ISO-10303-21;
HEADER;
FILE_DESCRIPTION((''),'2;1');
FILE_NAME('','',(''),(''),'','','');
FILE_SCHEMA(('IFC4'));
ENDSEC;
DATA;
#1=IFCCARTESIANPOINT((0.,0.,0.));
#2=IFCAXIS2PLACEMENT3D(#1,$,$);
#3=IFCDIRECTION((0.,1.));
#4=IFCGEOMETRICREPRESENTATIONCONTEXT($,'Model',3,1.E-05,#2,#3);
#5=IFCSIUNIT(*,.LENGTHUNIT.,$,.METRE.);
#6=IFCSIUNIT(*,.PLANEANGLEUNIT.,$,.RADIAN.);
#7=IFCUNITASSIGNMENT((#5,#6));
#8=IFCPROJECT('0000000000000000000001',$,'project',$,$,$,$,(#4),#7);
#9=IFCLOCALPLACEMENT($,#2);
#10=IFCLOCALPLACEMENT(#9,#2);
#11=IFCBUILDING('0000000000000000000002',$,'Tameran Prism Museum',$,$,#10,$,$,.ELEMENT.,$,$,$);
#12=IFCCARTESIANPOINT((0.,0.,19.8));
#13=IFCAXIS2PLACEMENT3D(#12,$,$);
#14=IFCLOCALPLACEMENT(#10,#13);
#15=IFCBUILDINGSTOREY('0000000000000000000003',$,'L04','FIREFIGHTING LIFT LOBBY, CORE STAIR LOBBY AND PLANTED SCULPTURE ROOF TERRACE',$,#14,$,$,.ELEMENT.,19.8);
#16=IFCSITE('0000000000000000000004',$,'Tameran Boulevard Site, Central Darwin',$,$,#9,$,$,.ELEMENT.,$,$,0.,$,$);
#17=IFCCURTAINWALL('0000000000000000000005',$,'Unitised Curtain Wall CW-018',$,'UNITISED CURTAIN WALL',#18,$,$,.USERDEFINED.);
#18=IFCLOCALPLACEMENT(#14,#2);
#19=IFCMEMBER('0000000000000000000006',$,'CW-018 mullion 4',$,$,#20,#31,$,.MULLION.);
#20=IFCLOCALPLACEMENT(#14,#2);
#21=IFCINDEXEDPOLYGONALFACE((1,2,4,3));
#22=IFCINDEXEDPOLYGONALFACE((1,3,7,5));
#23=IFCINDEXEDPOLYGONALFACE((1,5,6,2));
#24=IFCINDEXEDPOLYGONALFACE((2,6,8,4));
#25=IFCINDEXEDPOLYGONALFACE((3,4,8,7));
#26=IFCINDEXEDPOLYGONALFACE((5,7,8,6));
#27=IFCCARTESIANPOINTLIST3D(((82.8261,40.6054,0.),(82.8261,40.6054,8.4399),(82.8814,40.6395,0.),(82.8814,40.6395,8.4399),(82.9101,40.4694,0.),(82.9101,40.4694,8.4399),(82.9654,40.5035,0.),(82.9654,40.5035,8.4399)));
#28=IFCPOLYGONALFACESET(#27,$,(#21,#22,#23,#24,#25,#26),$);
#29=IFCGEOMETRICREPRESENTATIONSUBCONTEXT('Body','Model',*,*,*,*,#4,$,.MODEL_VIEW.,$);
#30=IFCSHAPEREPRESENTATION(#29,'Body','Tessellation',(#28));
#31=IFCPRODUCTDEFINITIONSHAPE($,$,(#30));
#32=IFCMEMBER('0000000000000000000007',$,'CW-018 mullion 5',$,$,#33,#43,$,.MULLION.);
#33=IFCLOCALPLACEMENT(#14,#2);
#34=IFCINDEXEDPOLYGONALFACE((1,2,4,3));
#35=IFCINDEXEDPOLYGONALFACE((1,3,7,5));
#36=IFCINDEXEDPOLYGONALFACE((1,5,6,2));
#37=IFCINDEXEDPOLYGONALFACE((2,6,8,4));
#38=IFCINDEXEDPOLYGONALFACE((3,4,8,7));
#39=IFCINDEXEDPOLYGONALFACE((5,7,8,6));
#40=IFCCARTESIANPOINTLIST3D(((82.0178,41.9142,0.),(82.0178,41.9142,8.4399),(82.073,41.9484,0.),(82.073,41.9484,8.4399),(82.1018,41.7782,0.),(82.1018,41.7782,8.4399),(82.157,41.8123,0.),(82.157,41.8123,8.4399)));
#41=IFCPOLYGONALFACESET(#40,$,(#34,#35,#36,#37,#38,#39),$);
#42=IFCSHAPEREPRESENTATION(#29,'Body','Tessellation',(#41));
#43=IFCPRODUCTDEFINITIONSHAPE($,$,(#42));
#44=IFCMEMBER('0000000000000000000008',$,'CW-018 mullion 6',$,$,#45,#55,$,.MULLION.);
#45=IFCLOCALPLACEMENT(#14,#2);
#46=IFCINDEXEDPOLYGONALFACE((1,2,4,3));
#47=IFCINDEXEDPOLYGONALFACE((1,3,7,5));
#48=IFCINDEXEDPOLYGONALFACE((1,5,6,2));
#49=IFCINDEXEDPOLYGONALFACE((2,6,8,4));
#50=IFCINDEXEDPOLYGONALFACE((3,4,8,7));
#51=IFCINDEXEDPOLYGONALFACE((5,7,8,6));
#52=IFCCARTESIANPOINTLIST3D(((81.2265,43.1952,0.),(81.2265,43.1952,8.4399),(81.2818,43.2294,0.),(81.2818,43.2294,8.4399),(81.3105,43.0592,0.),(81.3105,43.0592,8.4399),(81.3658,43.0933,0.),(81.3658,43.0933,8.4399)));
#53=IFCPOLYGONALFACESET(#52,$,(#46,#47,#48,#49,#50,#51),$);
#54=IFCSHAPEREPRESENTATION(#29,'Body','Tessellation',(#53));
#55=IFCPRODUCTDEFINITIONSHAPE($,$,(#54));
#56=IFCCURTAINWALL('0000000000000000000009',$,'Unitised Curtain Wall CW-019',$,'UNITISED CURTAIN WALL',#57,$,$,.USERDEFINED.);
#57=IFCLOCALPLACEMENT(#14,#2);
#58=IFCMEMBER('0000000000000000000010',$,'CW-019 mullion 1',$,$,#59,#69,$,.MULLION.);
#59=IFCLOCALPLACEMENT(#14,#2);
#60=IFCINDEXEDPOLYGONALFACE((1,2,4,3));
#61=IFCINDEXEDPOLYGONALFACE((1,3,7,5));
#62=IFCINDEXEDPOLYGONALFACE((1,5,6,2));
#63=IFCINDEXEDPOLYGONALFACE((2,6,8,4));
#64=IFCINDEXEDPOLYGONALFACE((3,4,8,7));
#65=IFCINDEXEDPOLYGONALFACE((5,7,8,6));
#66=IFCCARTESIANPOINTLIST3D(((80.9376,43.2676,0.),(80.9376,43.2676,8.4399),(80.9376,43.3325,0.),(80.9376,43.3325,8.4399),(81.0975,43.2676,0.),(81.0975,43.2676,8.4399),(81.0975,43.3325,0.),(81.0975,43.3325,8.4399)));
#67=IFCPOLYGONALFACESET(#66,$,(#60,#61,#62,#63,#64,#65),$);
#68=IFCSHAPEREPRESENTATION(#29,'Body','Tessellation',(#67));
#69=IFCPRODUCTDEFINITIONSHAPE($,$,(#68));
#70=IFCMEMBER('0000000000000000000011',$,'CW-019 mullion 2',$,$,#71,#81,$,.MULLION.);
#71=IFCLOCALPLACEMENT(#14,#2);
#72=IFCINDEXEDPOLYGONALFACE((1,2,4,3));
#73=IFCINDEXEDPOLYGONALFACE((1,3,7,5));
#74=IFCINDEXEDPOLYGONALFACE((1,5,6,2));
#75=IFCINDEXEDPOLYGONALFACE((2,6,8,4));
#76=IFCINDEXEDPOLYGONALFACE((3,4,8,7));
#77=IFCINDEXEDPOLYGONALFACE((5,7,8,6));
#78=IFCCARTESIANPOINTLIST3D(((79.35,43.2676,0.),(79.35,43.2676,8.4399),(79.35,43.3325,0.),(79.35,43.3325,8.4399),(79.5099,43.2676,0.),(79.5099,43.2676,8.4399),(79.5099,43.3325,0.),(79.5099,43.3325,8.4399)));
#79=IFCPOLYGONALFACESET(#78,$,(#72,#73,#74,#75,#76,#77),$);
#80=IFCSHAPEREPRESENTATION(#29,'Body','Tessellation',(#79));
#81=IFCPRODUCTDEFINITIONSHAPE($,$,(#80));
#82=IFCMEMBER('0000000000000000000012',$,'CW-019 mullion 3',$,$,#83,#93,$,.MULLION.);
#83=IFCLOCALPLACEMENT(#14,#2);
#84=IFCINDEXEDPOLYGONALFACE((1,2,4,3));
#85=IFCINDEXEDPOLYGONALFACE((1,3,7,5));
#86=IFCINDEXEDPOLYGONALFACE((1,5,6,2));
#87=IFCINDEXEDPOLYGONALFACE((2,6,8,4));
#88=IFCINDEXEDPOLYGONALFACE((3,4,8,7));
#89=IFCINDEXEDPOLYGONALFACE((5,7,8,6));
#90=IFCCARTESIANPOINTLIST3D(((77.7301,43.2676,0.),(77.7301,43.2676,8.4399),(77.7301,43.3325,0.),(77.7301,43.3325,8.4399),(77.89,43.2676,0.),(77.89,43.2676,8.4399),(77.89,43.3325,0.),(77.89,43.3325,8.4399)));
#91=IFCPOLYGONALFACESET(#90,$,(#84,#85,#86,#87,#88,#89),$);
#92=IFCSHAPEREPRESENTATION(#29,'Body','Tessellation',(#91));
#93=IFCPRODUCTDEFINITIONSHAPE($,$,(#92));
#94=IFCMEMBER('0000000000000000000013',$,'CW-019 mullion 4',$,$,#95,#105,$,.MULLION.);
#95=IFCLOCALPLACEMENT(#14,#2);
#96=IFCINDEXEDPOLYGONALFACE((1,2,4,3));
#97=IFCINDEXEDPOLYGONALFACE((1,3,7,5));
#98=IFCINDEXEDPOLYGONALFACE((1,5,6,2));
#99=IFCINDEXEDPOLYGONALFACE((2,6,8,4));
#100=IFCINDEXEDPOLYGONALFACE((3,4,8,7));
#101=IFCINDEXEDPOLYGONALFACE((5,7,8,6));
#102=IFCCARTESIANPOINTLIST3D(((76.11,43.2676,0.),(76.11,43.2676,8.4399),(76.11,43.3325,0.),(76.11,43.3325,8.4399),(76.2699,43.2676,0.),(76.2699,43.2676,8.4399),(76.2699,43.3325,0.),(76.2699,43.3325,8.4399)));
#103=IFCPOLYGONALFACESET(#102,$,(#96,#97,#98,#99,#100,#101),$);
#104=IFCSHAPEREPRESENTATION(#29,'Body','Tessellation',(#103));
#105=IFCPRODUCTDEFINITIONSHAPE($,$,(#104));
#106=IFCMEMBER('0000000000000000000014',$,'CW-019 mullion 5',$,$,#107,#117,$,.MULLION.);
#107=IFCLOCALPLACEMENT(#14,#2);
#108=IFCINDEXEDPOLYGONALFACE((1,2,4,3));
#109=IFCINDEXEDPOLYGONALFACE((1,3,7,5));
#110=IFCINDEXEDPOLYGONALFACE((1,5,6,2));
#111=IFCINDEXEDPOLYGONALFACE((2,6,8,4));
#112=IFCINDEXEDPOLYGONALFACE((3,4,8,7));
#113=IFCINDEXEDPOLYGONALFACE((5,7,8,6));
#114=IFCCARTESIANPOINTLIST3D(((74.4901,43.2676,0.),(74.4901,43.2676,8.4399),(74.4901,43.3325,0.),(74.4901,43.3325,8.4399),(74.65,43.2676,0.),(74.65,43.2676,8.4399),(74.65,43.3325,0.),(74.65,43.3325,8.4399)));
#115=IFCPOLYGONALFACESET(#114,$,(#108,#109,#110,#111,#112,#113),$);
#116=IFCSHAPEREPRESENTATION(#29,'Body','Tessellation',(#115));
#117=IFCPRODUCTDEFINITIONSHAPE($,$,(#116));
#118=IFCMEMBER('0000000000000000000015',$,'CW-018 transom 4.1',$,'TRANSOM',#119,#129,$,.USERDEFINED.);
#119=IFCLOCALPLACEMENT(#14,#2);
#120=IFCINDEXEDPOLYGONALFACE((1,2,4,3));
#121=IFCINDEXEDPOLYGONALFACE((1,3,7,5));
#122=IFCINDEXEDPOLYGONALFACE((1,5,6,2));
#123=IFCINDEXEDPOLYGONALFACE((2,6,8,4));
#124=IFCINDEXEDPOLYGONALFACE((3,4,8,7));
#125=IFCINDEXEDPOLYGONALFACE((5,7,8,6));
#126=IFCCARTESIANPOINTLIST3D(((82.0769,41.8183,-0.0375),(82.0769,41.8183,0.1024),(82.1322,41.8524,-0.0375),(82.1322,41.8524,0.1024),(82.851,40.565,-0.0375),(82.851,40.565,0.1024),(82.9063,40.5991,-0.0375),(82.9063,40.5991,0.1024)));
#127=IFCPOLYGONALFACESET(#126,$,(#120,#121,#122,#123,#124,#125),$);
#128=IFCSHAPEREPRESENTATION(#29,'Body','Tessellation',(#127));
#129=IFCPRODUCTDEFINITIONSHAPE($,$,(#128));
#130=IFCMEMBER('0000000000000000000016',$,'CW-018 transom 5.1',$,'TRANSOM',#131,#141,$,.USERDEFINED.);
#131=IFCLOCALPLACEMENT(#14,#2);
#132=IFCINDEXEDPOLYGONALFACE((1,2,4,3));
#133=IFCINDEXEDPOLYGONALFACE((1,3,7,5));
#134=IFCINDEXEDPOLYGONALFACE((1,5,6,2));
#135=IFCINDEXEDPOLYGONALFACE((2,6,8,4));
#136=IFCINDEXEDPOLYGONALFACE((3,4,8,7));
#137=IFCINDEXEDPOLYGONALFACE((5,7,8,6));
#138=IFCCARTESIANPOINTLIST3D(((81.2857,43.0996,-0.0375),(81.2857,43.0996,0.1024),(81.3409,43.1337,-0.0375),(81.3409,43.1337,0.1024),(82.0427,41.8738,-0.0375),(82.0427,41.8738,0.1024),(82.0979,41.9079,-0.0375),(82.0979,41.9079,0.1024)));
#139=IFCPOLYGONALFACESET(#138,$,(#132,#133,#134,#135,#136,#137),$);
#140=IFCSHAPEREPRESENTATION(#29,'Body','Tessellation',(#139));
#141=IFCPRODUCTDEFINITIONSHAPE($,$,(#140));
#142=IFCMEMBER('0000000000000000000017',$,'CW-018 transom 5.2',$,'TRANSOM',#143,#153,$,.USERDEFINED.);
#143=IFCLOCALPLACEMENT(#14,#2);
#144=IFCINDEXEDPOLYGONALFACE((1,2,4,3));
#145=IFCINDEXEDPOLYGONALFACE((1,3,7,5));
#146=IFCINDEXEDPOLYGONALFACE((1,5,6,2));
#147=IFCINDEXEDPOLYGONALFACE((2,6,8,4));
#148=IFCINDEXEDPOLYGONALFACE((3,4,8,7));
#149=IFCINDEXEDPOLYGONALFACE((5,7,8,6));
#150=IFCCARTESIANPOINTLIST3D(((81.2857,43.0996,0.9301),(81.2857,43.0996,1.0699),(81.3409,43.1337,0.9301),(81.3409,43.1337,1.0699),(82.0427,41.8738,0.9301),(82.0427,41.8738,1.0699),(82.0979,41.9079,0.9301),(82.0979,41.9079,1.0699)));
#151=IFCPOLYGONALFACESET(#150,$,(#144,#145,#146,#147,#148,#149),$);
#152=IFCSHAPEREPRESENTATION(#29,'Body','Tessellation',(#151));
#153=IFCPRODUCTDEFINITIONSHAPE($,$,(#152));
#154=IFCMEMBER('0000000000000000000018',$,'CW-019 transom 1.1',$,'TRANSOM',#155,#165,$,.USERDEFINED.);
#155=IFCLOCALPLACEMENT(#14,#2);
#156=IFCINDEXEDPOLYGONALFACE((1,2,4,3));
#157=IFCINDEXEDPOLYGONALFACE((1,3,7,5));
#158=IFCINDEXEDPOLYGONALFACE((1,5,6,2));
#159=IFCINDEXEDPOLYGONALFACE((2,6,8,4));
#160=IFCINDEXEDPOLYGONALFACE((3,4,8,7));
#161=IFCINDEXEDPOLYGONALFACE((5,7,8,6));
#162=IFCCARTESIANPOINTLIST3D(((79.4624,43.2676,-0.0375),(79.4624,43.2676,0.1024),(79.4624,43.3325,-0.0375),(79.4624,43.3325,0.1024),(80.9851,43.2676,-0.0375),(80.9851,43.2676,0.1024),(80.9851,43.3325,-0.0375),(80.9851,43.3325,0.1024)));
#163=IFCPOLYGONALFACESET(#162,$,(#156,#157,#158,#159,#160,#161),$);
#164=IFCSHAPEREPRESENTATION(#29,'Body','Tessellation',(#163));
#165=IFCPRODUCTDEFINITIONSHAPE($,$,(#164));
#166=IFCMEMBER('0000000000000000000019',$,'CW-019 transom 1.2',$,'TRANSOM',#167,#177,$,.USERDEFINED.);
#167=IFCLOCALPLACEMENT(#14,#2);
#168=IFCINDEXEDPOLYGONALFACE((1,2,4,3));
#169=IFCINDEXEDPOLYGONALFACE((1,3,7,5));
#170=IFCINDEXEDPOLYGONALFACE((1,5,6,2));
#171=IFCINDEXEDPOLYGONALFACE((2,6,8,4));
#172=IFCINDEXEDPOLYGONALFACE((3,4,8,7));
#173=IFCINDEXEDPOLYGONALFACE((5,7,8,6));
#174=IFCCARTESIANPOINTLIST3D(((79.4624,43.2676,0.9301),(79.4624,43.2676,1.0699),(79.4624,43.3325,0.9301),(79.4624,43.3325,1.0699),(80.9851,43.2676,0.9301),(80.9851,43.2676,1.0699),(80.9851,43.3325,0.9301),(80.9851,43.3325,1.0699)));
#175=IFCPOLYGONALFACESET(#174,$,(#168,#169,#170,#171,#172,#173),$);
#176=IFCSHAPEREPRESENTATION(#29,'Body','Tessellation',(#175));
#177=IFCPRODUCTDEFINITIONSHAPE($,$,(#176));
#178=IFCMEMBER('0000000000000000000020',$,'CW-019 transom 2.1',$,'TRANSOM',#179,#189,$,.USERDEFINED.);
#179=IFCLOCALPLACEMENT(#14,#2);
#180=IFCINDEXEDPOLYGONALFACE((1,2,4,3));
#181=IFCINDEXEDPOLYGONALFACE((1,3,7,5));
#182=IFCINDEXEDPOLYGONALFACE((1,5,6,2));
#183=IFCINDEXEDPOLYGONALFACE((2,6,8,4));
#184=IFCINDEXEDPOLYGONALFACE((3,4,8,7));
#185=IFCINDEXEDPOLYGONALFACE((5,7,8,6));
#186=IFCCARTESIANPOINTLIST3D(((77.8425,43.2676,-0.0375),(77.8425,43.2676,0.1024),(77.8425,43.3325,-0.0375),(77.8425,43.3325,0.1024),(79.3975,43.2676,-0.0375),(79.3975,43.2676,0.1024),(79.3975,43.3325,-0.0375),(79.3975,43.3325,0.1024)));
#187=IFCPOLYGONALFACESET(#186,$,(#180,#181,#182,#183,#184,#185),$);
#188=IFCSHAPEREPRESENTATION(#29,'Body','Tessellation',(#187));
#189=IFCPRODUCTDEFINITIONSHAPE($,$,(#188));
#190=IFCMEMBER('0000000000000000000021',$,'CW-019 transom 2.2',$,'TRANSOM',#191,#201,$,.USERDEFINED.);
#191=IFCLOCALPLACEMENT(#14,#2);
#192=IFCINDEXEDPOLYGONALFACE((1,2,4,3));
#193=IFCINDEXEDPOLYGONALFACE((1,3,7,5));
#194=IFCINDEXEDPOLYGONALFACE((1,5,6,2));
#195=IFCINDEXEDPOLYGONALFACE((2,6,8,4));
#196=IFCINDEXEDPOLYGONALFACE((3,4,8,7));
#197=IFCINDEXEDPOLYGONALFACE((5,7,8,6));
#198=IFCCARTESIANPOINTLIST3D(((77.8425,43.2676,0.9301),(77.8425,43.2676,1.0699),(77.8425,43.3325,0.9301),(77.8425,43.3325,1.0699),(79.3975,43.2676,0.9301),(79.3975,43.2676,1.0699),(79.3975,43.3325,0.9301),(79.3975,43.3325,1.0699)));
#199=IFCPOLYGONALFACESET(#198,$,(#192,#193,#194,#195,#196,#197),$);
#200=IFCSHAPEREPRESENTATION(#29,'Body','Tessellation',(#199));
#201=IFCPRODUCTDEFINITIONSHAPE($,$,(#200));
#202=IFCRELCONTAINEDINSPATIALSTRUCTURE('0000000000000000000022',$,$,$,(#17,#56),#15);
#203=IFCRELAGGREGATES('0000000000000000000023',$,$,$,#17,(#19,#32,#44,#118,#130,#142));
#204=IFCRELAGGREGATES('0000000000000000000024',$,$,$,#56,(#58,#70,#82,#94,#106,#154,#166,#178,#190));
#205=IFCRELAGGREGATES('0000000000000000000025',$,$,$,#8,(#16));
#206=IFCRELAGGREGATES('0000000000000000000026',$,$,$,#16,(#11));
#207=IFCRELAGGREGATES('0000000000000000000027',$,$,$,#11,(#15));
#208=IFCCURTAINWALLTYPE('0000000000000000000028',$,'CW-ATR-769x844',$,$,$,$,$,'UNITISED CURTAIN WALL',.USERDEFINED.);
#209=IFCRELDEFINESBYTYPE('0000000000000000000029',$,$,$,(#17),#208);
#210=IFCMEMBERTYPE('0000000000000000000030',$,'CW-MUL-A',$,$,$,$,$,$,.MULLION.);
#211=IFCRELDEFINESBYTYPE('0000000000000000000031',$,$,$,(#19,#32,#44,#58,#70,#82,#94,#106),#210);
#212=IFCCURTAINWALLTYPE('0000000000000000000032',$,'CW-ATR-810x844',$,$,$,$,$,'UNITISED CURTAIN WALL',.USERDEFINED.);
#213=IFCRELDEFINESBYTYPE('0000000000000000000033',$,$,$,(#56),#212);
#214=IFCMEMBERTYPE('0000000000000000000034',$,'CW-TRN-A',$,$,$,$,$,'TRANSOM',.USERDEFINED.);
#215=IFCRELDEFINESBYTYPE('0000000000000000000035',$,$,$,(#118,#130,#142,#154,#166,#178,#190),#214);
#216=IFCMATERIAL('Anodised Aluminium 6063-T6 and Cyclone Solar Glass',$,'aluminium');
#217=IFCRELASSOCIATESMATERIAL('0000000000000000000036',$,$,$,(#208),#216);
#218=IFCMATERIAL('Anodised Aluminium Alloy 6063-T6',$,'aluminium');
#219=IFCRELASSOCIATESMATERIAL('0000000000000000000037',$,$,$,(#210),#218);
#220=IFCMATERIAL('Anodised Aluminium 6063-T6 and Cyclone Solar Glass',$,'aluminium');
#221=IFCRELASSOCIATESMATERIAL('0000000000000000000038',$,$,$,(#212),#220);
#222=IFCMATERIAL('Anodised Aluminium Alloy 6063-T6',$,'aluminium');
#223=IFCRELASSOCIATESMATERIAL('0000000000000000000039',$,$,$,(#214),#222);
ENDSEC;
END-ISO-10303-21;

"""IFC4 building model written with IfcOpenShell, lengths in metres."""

from ifc_helpers import new_model, si_unit, direction, frame, origin, origin_2d, place, context, subcontext, project, spatial, rectangle, extrude, material, material_profile, profile_set, type_object, element, aggregate, save


model = new_model("IFC4")

# Units and contexts
model_context = context("Model", 3, precision=1e-05, world=origin(), true_north=direction((0.0, 1.0)))
body_context = subcontext(model_context, "Body", "Model", "MODEL_VIEW")
ifc_project = project(units=[si_unit("LENGTHUNIT", "METRE"), si_unit("PLANEANGLEUNIT", "RADIAN")], contexts=[model_context])

# Site, building, storey
site_placement = place(None, origin())
site = spatial("IfcSite", under=ifc_project, at=site_placement, Name="Tameran Boulevard Site, Central Darwin", CompositionType="ELEMENT", RefElevation=0.0)
building_placement = place(site_placement, origin())
building = spatial("IfcBuilding", under=site, at=building_placement, Name="Tameran Prism Museum", CompositionType="ELEMENT")
storey_placement = place(building_placement, frame((0.0, 0.0, 19.8)))
storey = spatial("IfcBuildingStorey", under=building, at=storey_placement, Name="L04", Description="FIREFIGHTING LIFT LOBBY, CORE STAIR LOBBY AND PLANTED SCULPTURE ROOF TERRACE", CompositionType="ELEMENT", Elevation=19.8)

# Curtain walls, members
ifc_material_1 = material(Name="Anodised Aluminium 6063-T6 and Cyclone Solar Glass", Category="aluminium")
curtain_wall_type_1 = type_object("IfcCurtainWallType", Name="CW-ATR-769x844", ElementType="UNITISED CURTAIN WALL", PredefinedType="USERDEFINED", material=ifc_material_1)
curtain_wall_1_placement = place(storey_placement, origin())
curtain_wall_1 = element("IfcCurtainWall", 1, at=curtain_wall_1_placement, inside=storey, type_object=curtain_wall_type_1, Name="Unitised Curtain Wall CW-018", ObjectType="UNITISED CURTAIN WALL", PredefinedType="USERDEFINED")
ifc_material_2 = material(Name="Anodised Aluminium Alloy 6063-T6", Category="aluminium")
ifc_material_profile_1 = material_profile(ifc_material_2, rectangle(XDim=0.0649, YDim=0.1599, at=origin_2d()))
ifc_profile_set_1 = profile_set([ifc_material_profile_1])
member_type_1 = type_object("IfcMemberType", Name="CW-MUL-A", PredefinedType="MULLION", material=ifc_profile_set_1)
member_1_placement = place(storey_placement, frame((82.8958, 40.5544, 0.0), z_axis=(0.0, 0.0, 1.0), x_axis=(-0.850791, -0.525504, 0.0)))
member_1 = element("IfcMember", 2, at=member_1_placement, type_object=member_type_1, Name="CW-018 mullion 4", PredefinedType="MULLION", context=body_context, shape_type="SweptSolid", body=[
    extrude(rectangle(XDim=0.0649, YDim=0.1599, at=origin_2d()), origin(), (0.0, 0.0, 1.0), 8.4399),
])
member_2_placement = place(storey_placement, frame((82.0874, 41.8633, 0.0), z_axis=(0.0, 0.0, 1.0), x_axis=(-0.850791, -0.525504, 0.0)))
member_2 = element("IfcMember", 3, at=member_2_placement, type_object=member_type_1, Name="CW-018 mullion 5", PredefinedType="MULLION", context=body_context, shape_type="SweptSolid", body=[
    extrude(rectangle(XDim=0.0649, YDim=0.1599, at=origin_2d()), origin(), (0.0, 0.0, 1.0), 8.4399),
])
member_3_placement = place(storey_placement, frame((81.2961, 43.1443, 0.0), z_axis=(0.0, 0.0, 1.0), x_axis=(-0.850791, -0.525504, 0.0)))
member_3 = element("IfcMember", 4, at=member_3_placement, type_object=member_type_1, Name="CW-018 mullion 6", PredefinedType="MULLION", context=body_context, shape_type="SweptSolid", body=[
    extrude(rectangle(XDim=0.0649, YDim=0.1599, at=origin_2d()), origin(), (0.0, 0.0, 1.0), 8.4399),
])
ifc_material_3 = material(Name="Anodised Aluminium 6063-T6 and Cyclone Solar Glass", Category="aluminium")
curtain_wall_type_2 = type_object("IfcCurtainWallType", Name="CW-ATR-810x844", ElementType="UNITISED CURTAIN WALL", PredefinedType="USERDEFINED", material=ifc_material_3)
curtain_wall_2_placement = place(storey_placement, origin())
curtain_wall_2 = element("IfcCurtainWall", 5, at=curtain_wall_2_placement, inside=storey, type_object=curtain_wall_type_2, Name="Unitised Curtain Wall CW-019", ObjectType="UNITISED CURTAIN WALL", PredefinedType="USERDEFINED")
member_4_placement = place(storey_placement, frame((81.0176, 43.3, 0.0), z_axis=(0.0, 0.0, 1.0), x_axis=(0.0, -1.0, 0.0)))
member_4 = element("IfcMember", 6, at=member_4_placement, type_object=member_type_1, Name="CW-019 mullion 1", PredefinedType="MULLION", context=body_context, shape_type="SweptSolid", body=[
    extrude(rectangle(XDim=0.0649, YDim=0.1599, at=origin_2d()), origin(), (0.0, 0.0, 1.0), 8.4399),
])
member_5_placement = place(storey_placement, frame((79.4299, 43.3, 0.0), z_axis=(0.0, 0.0, 1.0), x_axis=(0.0, -1.0, 0.0)))
member_5 = element("IfcMember", 7, at=member_5_placement, type_object=member_type_1, Name="CW-019 mullion 2", PredefinedType="MULLION", context=body_context, shape_type="SweptSolid", body=[
    extrude(rectangle(XDim=0.0649, YDim=0.1599, at=origin_2d()), origin(), (0.0, 0.0, 1.0), 8.4399),
])
member_6_placement = place(storey_placement, frame((77.8101, 43.3, 0.0), z_axis=(0.0, 0.0, 1.0), x_axis=(0.0, -1.0, 0.0)))
member_6 = element("IfcMember", 8, at=member_6_placement, type_object=member_type_1, Name="CW-019 mullion 3", PredefinedType="MULLION", context=body_context, shape_type="SweptSolid", body=[
    extrude(rectangle(XDim=0.0649, YDim=0.1599, at=origin_2d()), origin(), (0.0, 0.0, 1.0), 8.4399),
])
member_7_placement = place(storey_placement, frame((76.1899, 43.3, 0.0), z_axis=(0.0, 0.0, 1.0), x_axis=(0.0, -1.0, 0.0)))
member_7 = element("IfcMember", 9, at=member_7_placement, type_object=member_type_1, Name="CW-019 mullion 4", PredefinedType="MULLION", context=body_context, shape_type="SweptSolid", body=[
    extrude(rectangle(XDim=0.0649, YDim=0.1599, at=origin_2d()), origin(), (0.0, 0.0, 1.0), 8.4399),
])
member_8_placement = place(storey_placement, frame((74.5701, 43.3, 0.0), z_axis=(0.0, 0.0, 1.0), x_axis=(0.0, -1.0, 0.0)))
member_8 = element("IfcMember", 10, at=member_8_placement, type_object=member_type_1, Name="CW-019 mullion 5", PredefinedType="MULLION", context=body_context, shape_type="SweptSolid", body=[
    extrude(rectangle(XDim=0.0649, YDim=0.1599, at=origin_2d()), origin(), (0.0, 0.0, 1.0), 8.4399),
])

# Members
ifc_material_4 = material(Name="Anodised Aluminium Alloy 6063-T6", Category="aluminium")
ifc_material_profile_2 = material_profile(ifc_material_4, rectangle(XDim=0.0649, YDim=0.1399, at=origin_2d()))
ifc_profile_set_2 = profile_set([ifc_material_profile_2])
member_type_2 = type_object("IfcMemberType", Name="CW-TRN-A", ElementType="TRANSOM", PredefinedType="USERDEFINED", material=ifc_profile_set_2)
member_9_placement = place(storey_placement, frame((82.8787, 40.582, 0.0325), z_axis=(-0.525493, 0.850798, 0.0), x_axis=(-0.850798, -0.525493, 0.0)))
member_9 = element("IfcMember", 11, at=member_9_placement, type_object=member_type_2, Name="CW-018 transom 4.1", ObjectType="TRANSOM", PredefinedType="USERDEFINED", context=body_context, shape_type="SweptSolid", body=[
    extrude(rectangle(XDim=0.0649, YDim=0.1399, at=origin_2d()), origin(), (0.0, 0.0, 1.0), 1.4731),
])
member_10_placement = place(storey_placement, frame((82.0703, 41.8909, 0.0325), z_axis=(-0.525468, 0.850814, 0.0), x_axis=(-0.850814, -0.525468, 0.0)))
member_10 = element("IfcMember", 12, at=member_10_placement, type_object=member_type_2, Name="CW-018 transom 5.1", ObjectType="TRANSOM", PredefinedType="USERDEFINED", context=body_context, shape_type="SweptSolid", body=[
    extrude(rectangle(XDim=0.0649, YDim=0.1399, at=origin_2d()), origin(), (0.0, 0.0, 1.0), 1.4407),
])
member_11_placement = place(storey_placement, frame((82.0703, 41.8909, 1.0), z_axis=(-0.525468, 0.850814, 0.0), x_axis=(-0.850814, -0.525468, 0.0)))
member_11 = element("IfcMember", 13, at=member_11_placement, type_object=member_type_2, Name="CW-018 transom 5.2", ObjectType="TRANSOM", PredefinedType="USERDEFINED", context=body_context, shape_type="SweptSolid", body=[
    extrude(rectangle(XDim=0.0649, YDim=0.1399, at=origin_2d()), origin(), (0.0, 0.0, 1.0), 1.4407),
])
member_12_placement = place(storey_placement, frame((80.9851, 43.3, 0.0325), z_axis=(-1.0, 0.0, 0.0), x_axis=(0.0, -1.0, 0.0)))
member_12 = element("IfcMember", 14, at=member_12_placement, type_object=member_type_2, Name="CW-019 transom 1.1", ObjectType="TRANSOM", PredefinedType="USERDEFINED", context=body_context, shape_type="SweptSolid", body=[
    extrude(rectangle(XDim=0.0649, YDim=0.1399, at=origin_2d()), origin(), (0.0, 0.0, 1.0), 1.5227),
])
member_13_placement = place(storey_placement, frame((80.9851, 43.3, 1.0), z_axis=(-1.0, 0.0, 0.0), x_axis=(0.0, -1.0, 0.0)))
member_13 = element("IfcMember", 15, at=member_13_placement, type_object=member_type_2, Name="CW-019 transom 1.2", ObjectType="TRANSOM", PredefinedType="USERDEFINED", context=body_context, shape_type="SweptSolid", body=[
    extrude(rectangle(XDim=0.0649, YDim=0.1399, at=origin_2d()), origin(), (0.0, 0.0, 1.0), 1.5227),
])
member_14_placement = place(storey_placement, frame((79.3975, 43.3, 0.0325), z_axis=(-1.0, 0.0, 0.0), x_axis=(0.0, -1.0, 0.0)))
member_14 = element("IfcMember", 16, at=member_14_placement, type_object=member_type_2, Name="CW-019 transom 2.1", ObjectType="TRANSOM", PredefinedType="USERDEFINED", context=body_context, shape_type="SweptSolid", body=[
    extrude(rectangle(XDim=0.0649, YDim=0.1399, at=origin_2d()), origin(), (0.0, 0.0, 1.0), 1.5549),
])
member_15_placement = place(storey_placement, frame((79.3975, 43.3, 1.0), z_axis=(-1.0, 0.0, 0.0), x_axis=(0.0, -1.0, 0.0)))
member_15 = element("IfcMember", 17, at=member_15_placement, type_object=member_type_2, Name="CW-019 transom 2.2", ObjectType="TRANSOM", PredefinedType="USERDEFINED", context=body_context, shape_type="SweptSolid", body=[
    extrude(rectangle(XDim=0.0649, YDim=0.1399, at=origin_2d()), origin(), (0.0, 0.0, 1.0), 1.5549),
])

aggregate(curtain_wall_1, [member_1, member_2, member_3, member_9, member_10, member_11])
aggregate(curtain_wall_2, [member_4, member_5, member_6, member_7, member_8, member_12, member_13, member_14, member_15])

save(model, "model.ifc")
